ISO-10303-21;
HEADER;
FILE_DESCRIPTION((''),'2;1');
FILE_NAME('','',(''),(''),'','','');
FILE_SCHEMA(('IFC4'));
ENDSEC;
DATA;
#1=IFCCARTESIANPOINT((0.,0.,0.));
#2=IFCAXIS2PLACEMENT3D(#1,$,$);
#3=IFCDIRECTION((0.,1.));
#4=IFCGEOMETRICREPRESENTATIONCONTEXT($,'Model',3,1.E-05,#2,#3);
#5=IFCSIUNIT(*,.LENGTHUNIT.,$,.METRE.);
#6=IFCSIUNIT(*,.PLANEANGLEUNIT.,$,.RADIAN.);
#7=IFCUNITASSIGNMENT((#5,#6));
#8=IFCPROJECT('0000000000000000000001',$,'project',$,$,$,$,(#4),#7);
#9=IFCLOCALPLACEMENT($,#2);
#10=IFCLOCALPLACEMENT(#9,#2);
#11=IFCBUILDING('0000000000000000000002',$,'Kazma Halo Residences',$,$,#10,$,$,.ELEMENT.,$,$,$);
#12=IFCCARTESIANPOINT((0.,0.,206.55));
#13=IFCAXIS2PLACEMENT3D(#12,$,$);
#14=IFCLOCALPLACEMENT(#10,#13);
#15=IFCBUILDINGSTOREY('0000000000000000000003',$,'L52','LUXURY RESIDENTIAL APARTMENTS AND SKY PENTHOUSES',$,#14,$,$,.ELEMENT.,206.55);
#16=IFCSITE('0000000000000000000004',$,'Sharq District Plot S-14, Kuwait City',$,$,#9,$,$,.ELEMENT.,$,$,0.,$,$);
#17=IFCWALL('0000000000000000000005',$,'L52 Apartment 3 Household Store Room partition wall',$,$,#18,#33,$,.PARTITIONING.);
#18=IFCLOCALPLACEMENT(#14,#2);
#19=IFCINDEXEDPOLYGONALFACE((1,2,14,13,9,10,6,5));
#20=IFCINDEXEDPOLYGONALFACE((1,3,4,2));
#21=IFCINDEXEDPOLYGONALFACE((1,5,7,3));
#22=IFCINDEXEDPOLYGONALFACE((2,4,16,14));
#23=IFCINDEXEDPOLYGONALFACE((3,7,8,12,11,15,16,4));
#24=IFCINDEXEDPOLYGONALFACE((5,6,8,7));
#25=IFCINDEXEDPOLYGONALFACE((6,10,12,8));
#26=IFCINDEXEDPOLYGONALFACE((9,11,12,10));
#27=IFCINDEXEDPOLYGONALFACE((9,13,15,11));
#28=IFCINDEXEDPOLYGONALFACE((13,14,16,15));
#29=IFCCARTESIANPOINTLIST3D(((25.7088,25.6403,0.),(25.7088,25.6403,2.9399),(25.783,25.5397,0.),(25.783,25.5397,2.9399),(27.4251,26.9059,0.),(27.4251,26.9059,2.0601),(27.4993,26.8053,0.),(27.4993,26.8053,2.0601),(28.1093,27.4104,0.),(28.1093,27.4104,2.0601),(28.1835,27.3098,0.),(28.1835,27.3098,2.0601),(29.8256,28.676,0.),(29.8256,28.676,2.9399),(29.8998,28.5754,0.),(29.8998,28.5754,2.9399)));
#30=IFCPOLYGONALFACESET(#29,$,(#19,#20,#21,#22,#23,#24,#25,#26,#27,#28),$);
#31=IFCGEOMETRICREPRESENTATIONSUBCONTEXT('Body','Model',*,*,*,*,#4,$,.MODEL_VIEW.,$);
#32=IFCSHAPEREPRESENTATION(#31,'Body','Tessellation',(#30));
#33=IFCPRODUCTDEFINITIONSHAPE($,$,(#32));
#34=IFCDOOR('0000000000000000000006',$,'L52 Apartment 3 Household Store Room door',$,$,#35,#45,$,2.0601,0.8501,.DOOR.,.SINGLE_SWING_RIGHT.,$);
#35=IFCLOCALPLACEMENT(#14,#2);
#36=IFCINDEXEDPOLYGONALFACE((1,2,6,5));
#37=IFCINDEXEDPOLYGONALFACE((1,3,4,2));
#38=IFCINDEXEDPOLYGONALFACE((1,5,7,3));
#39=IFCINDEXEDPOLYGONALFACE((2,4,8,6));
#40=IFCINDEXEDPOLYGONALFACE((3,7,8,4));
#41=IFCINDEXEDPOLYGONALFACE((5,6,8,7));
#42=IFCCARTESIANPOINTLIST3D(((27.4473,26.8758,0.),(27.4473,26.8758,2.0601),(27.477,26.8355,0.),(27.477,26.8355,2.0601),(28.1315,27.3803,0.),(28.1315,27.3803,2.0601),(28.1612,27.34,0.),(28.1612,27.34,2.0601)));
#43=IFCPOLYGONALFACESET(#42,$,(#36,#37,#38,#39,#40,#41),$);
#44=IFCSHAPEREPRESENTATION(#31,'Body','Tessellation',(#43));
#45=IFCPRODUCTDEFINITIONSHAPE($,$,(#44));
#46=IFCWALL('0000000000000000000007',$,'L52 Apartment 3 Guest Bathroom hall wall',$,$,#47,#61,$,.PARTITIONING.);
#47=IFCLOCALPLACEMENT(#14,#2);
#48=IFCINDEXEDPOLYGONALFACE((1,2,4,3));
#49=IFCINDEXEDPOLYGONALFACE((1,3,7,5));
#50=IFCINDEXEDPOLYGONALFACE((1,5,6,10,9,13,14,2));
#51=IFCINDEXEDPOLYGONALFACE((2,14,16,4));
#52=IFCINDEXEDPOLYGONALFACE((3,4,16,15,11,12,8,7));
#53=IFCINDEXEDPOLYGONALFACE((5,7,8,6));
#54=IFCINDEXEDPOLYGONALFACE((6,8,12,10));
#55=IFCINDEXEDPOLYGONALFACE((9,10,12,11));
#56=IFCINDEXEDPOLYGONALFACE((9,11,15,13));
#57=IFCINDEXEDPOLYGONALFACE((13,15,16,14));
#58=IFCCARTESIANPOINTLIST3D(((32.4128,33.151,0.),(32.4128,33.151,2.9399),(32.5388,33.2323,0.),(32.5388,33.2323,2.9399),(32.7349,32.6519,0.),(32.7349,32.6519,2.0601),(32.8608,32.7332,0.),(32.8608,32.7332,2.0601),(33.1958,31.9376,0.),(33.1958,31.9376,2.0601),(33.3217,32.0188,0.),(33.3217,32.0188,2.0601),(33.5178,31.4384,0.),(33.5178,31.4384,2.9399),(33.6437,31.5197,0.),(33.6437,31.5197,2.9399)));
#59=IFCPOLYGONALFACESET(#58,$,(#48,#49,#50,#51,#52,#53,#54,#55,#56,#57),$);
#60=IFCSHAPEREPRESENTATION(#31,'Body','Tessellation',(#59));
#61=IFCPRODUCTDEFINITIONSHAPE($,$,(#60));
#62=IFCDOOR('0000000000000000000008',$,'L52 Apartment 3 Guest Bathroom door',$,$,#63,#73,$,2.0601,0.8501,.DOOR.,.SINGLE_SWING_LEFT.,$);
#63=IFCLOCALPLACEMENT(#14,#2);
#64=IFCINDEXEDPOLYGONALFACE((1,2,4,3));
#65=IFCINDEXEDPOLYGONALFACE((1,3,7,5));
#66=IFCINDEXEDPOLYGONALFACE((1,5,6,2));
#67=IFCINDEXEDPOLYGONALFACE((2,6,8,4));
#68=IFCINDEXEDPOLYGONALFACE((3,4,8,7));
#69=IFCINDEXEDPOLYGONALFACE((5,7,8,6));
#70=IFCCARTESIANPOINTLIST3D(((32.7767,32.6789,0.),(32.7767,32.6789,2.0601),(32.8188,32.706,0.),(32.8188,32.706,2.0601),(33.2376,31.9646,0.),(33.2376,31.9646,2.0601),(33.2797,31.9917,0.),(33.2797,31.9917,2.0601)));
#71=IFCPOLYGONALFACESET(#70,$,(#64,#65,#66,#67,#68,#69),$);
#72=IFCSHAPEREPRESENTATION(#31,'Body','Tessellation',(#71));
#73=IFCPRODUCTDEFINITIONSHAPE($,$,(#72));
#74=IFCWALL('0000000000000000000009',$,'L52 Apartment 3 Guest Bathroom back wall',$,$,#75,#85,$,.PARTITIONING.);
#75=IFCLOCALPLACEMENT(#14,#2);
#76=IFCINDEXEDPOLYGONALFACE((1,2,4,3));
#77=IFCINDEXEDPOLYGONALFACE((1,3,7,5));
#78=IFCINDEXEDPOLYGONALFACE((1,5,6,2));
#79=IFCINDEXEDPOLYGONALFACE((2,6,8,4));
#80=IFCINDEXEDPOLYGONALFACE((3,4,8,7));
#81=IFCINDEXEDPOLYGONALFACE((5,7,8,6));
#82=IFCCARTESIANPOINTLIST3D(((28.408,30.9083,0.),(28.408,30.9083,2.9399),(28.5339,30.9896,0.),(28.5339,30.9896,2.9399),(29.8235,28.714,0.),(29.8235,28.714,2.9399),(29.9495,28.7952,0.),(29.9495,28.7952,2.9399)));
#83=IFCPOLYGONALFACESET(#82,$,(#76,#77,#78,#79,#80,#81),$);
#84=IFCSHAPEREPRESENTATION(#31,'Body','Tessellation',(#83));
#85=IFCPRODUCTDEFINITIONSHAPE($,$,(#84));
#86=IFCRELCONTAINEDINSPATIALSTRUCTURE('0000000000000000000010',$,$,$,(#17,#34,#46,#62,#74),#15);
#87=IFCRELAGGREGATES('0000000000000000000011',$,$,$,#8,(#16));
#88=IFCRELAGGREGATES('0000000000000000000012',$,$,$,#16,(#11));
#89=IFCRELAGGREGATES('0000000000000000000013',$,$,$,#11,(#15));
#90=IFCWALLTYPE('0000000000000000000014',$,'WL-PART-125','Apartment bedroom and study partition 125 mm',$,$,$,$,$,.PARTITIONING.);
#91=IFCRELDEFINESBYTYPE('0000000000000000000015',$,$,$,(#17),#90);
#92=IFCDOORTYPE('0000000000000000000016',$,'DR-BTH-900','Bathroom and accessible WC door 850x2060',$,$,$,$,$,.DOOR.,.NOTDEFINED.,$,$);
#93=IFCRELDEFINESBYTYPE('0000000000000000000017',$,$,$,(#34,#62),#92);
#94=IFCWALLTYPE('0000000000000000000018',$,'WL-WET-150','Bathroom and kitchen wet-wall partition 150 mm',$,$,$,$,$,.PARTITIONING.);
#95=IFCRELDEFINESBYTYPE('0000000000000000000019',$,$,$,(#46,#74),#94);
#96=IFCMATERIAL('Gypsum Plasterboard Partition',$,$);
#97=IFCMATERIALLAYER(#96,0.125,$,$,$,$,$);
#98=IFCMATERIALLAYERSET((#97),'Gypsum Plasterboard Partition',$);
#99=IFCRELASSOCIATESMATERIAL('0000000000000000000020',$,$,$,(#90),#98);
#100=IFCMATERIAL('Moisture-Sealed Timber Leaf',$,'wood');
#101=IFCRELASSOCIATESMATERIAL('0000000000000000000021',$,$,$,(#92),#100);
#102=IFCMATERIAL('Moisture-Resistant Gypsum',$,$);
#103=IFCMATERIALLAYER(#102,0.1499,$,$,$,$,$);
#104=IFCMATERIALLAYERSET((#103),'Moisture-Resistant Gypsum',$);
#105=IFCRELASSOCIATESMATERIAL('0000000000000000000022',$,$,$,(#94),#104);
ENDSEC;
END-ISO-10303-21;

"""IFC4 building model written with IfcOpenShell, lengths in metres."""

from ifc_helpers import new_model, si_unit, direction, frame, frame_2d, origin, place, context, subcontext, project, spatial, rectangle, extrude, material, layer, layer_set, type_object, element, fill, save


model = new_model("IFC4")

# Units and contexts
model_context = context("Model", 3, precision=1e-05, world=origin(), true_north=direction((0.0, 1.0)))
body_context = subcontext(model_context, "Body", "Model", "MODEL_VIEW")
ifc_project = project(units=[si_unit("LENGTHUNIT", "METRE"), si_unit("PLANEANGLEUNIT", "RADIAN")], contexts=[model_context])

# Site, building, storey
site_placement = place(None, origin())
site = spatial("IfcSite", under=ifc_project, at=site_placement, Name="Sharq District Plot S-14, Kuwait City", CompositionType="ELEMENT", RefElevation=0.0)
building_placement = place(site_placement, origin())
building = spatial("IfcBuilding", under=site, at=building_placement, Name="Kazma Halo Residences", CompositionType="ELEMENT")
storey_placement = place(building_placement, frame((0.0, 0.0, 206.55)))
storey = spatial("IfcBuildingStorey", under=building, at=storey_placement, Name="L52", Description="LUXURY RESIDENTIAL APARTMENTS AND SKY PENTHOUSES", CompositionType="ELEMENT", Elevation=206.55)

# Shared definitions
ifc_material_1 = material(Name="Gypsum Plasterboard Partition")
ifc_layer_1 = layer(ifc_material_1, 0.125)
ifc_layer_set_1 = layer_set([ifc_layer_1], Name="Gypsum Plasterboard Partition")
wall_type_1 = type_object("IfcWallType", Name="WL-PART-125", Description="Apartment bedroom and study partition 125 mm", PredefinedType="PARTITIONING", material=ifc_layer_set_1)

# Walls, openings, doors
wall_1_placement = place(storey_placement, frame((29.8628, 28.6257, 0.0), z_axis=(0.0, 0.0, 1.0), x_axis=(-0.804842, -0.593489, 0.0)))
wall_1 = element("IfcWall", 1, at=wall_1_placement, inside=storey, type_object=wall_type_1, Name="L52 Apartment 3 Household Store Room partition wall", PredefinedType="PARTITIONING", context=body_context, shape_type="SweptSolid", body=[
    extrude(rectangle(XDim=5.115, YDim=0.125, at=frame_2d((2.5576, 0.0))), origin(), (0.0, 0.0, 1.0), 2.9399),
])
opening_1_placement = place(wall_1_placement, frame((2.1326, 0.0, 0.0)))
opening_1 = element("IfcOpeningElement", 2, at=opening_1_placement, cuts=wall_1, PredefinedType="OPENING", context=body_context, shape_type="SweptSolid", body=[
    extrude(rectangle(XDim=0.8501, YDim=2.0601, at=frame_2d((0.425, 1.03))), frame((0.0, 0.0725, 0.0), z_axis=(0.0, -1.0, 0.0), x_axis=(1.0, 0.0, 0.0)), (0.0, 0.0, 1.0), 0.145),
])
ifc_material_2 = material(Name="Moisture-Sealed Timber Leaf", Category="wood")
door_type = type_object("IfcDoorType", Name="DR-BTH-900", Description="Bathroom and accessible WC door 850x2060", OperationType="NOTDEFINED", PredefinedType="DOOR", material=ifc_material_2)
door_1_placement = place(opening_1_placement, origin())
door_1 = element("IfcDoor", 3, at=door_1_placement, inside=storey, type_object=door_type, Name="L52 Apartment 3 Household Store Room door", OperationType="SINGLE_SWING_RIGHT", OverallHeight=2.0601, OverallWidth=0.8501, PredefinedType="DOOR", context=body_context, shape_type="SweptSolid", body=[
    extrude(rectangle(XDim=0.8501, YDim=2.0601, at=frame_2d((0.425, 1.03))), frame((0.0, 0.0249, 0.0), z_axis=(0.0, -1.0, 0.0), x_axis=(1.0, 0.0, 0.0)), (0.0, 0.0, 1.0), 0.05),
])
fill(opening_1, door_1)
ifc_material_3 = material(Name="Moisture-Resistant Gypsum")
ifc_layer_2 = layer(ifc_material_3, 0.1499)
ifc_layer_set_2 = layer_set([ifc_layer_2], Name="Moisture-Resistant Gypsum")
wall_type_2 = type_object("IfcWallType", Name="WL-WET-150", Description="Bathroom and kitchen wet-wall partition 150 mm", PredefinedType="PARTITIONING", material=ifc_layer_set_2)
wall_2_placement = place(storey_placement, frame((32.4758, 33.1917, 0.0), z_axis=(0.0, 0.0, 1.0), x_axis=(0.542143, -0.840286, 0.0)))
wall_2 = element("IfcWall", 4, at=wall_2_placement, inside=storey, type_object=wall_type_2, Name="L52 Apartment 3 Guest Bathroom hall wall", PredefinedType="PARTITIONING", context=body_context, shape_type="SweptSolid", body=[
    extrude(rectangle(XDim=2.0381, YDim=0.1499, at=frame_2d((1.019, 0.0))), origin(), (0.0, 0.0, 1.0), 2.9399),
])
opening_2_placement = place(wall_2_placement, frame((0.594, 0.0, 0.0)))
opening_2 = element("IfcOpeningElement", 5, at=opening_2_placement, cuts=wall_2, PredefinedType="OPENING", context=body_context, shape_type="SweptSolid", body=[
    extrude(rectangle(XDim=0.8501, YDim=2.0601, at=frame_2d((0.425, 1.03))), frame((0.0, 0.085, 0.0), z_axis=(0.0, -1.0, 0.0), x_axis=(1.0, 0.0, 0.0)), (0.0, 0.0, 1.0), 0.1699),
])
door_2_placement = place(opening_2_placement, origin())
door_2 = element("IfcDoor", 6, at=door_2_placement, inside=storey, type_object=door_type, Name="L52 Apartment 3 Guest Bathroom door", OperationType="SINGLE_SWING_LEFT", OverallHeight=2.0601, OverallWidth=0.8501, PredefinedType="DOOR", context=body_context, shape_type="SweptSolid", body=[
    extrude(rectangle(XDim=0.8501, YDim=2.0601, at=frame_2d((0.425, 1.03))), frame((0.0, 0.0249, 0.0), z_axis=(0.0, -1.0, 0.0), x_axis=(1.0, 0.0, 0.0)), (0.0, 0.0, 1.0), 0.05),
])
fill(opening_2, door_2)

# Wall
wall_3_placement = place(storey_placement, frame((28.4709, 30.949, 0.0), z_axis=(0.0, 0.0, 1.0), x_axis=(0.54208, -0.840327, 0.0)))
element("IfcWall", 7, at=wall_3_placement, inside=storey, type_object=wall_type_2, Name="L52 Apartment 3 Guest Bathroom back wall", PredefinedType="PARTITIONING", context=body_context, shape_type="SweptSolid", body=[
    extrude(rectangle(XDim=2.6113, YDim=0.1499, at=frame_2d((1.3057, 0.0))), origin(), (0.0, 0.0, 1.0), 2.9399),
])

save(model, "model.ifc")
